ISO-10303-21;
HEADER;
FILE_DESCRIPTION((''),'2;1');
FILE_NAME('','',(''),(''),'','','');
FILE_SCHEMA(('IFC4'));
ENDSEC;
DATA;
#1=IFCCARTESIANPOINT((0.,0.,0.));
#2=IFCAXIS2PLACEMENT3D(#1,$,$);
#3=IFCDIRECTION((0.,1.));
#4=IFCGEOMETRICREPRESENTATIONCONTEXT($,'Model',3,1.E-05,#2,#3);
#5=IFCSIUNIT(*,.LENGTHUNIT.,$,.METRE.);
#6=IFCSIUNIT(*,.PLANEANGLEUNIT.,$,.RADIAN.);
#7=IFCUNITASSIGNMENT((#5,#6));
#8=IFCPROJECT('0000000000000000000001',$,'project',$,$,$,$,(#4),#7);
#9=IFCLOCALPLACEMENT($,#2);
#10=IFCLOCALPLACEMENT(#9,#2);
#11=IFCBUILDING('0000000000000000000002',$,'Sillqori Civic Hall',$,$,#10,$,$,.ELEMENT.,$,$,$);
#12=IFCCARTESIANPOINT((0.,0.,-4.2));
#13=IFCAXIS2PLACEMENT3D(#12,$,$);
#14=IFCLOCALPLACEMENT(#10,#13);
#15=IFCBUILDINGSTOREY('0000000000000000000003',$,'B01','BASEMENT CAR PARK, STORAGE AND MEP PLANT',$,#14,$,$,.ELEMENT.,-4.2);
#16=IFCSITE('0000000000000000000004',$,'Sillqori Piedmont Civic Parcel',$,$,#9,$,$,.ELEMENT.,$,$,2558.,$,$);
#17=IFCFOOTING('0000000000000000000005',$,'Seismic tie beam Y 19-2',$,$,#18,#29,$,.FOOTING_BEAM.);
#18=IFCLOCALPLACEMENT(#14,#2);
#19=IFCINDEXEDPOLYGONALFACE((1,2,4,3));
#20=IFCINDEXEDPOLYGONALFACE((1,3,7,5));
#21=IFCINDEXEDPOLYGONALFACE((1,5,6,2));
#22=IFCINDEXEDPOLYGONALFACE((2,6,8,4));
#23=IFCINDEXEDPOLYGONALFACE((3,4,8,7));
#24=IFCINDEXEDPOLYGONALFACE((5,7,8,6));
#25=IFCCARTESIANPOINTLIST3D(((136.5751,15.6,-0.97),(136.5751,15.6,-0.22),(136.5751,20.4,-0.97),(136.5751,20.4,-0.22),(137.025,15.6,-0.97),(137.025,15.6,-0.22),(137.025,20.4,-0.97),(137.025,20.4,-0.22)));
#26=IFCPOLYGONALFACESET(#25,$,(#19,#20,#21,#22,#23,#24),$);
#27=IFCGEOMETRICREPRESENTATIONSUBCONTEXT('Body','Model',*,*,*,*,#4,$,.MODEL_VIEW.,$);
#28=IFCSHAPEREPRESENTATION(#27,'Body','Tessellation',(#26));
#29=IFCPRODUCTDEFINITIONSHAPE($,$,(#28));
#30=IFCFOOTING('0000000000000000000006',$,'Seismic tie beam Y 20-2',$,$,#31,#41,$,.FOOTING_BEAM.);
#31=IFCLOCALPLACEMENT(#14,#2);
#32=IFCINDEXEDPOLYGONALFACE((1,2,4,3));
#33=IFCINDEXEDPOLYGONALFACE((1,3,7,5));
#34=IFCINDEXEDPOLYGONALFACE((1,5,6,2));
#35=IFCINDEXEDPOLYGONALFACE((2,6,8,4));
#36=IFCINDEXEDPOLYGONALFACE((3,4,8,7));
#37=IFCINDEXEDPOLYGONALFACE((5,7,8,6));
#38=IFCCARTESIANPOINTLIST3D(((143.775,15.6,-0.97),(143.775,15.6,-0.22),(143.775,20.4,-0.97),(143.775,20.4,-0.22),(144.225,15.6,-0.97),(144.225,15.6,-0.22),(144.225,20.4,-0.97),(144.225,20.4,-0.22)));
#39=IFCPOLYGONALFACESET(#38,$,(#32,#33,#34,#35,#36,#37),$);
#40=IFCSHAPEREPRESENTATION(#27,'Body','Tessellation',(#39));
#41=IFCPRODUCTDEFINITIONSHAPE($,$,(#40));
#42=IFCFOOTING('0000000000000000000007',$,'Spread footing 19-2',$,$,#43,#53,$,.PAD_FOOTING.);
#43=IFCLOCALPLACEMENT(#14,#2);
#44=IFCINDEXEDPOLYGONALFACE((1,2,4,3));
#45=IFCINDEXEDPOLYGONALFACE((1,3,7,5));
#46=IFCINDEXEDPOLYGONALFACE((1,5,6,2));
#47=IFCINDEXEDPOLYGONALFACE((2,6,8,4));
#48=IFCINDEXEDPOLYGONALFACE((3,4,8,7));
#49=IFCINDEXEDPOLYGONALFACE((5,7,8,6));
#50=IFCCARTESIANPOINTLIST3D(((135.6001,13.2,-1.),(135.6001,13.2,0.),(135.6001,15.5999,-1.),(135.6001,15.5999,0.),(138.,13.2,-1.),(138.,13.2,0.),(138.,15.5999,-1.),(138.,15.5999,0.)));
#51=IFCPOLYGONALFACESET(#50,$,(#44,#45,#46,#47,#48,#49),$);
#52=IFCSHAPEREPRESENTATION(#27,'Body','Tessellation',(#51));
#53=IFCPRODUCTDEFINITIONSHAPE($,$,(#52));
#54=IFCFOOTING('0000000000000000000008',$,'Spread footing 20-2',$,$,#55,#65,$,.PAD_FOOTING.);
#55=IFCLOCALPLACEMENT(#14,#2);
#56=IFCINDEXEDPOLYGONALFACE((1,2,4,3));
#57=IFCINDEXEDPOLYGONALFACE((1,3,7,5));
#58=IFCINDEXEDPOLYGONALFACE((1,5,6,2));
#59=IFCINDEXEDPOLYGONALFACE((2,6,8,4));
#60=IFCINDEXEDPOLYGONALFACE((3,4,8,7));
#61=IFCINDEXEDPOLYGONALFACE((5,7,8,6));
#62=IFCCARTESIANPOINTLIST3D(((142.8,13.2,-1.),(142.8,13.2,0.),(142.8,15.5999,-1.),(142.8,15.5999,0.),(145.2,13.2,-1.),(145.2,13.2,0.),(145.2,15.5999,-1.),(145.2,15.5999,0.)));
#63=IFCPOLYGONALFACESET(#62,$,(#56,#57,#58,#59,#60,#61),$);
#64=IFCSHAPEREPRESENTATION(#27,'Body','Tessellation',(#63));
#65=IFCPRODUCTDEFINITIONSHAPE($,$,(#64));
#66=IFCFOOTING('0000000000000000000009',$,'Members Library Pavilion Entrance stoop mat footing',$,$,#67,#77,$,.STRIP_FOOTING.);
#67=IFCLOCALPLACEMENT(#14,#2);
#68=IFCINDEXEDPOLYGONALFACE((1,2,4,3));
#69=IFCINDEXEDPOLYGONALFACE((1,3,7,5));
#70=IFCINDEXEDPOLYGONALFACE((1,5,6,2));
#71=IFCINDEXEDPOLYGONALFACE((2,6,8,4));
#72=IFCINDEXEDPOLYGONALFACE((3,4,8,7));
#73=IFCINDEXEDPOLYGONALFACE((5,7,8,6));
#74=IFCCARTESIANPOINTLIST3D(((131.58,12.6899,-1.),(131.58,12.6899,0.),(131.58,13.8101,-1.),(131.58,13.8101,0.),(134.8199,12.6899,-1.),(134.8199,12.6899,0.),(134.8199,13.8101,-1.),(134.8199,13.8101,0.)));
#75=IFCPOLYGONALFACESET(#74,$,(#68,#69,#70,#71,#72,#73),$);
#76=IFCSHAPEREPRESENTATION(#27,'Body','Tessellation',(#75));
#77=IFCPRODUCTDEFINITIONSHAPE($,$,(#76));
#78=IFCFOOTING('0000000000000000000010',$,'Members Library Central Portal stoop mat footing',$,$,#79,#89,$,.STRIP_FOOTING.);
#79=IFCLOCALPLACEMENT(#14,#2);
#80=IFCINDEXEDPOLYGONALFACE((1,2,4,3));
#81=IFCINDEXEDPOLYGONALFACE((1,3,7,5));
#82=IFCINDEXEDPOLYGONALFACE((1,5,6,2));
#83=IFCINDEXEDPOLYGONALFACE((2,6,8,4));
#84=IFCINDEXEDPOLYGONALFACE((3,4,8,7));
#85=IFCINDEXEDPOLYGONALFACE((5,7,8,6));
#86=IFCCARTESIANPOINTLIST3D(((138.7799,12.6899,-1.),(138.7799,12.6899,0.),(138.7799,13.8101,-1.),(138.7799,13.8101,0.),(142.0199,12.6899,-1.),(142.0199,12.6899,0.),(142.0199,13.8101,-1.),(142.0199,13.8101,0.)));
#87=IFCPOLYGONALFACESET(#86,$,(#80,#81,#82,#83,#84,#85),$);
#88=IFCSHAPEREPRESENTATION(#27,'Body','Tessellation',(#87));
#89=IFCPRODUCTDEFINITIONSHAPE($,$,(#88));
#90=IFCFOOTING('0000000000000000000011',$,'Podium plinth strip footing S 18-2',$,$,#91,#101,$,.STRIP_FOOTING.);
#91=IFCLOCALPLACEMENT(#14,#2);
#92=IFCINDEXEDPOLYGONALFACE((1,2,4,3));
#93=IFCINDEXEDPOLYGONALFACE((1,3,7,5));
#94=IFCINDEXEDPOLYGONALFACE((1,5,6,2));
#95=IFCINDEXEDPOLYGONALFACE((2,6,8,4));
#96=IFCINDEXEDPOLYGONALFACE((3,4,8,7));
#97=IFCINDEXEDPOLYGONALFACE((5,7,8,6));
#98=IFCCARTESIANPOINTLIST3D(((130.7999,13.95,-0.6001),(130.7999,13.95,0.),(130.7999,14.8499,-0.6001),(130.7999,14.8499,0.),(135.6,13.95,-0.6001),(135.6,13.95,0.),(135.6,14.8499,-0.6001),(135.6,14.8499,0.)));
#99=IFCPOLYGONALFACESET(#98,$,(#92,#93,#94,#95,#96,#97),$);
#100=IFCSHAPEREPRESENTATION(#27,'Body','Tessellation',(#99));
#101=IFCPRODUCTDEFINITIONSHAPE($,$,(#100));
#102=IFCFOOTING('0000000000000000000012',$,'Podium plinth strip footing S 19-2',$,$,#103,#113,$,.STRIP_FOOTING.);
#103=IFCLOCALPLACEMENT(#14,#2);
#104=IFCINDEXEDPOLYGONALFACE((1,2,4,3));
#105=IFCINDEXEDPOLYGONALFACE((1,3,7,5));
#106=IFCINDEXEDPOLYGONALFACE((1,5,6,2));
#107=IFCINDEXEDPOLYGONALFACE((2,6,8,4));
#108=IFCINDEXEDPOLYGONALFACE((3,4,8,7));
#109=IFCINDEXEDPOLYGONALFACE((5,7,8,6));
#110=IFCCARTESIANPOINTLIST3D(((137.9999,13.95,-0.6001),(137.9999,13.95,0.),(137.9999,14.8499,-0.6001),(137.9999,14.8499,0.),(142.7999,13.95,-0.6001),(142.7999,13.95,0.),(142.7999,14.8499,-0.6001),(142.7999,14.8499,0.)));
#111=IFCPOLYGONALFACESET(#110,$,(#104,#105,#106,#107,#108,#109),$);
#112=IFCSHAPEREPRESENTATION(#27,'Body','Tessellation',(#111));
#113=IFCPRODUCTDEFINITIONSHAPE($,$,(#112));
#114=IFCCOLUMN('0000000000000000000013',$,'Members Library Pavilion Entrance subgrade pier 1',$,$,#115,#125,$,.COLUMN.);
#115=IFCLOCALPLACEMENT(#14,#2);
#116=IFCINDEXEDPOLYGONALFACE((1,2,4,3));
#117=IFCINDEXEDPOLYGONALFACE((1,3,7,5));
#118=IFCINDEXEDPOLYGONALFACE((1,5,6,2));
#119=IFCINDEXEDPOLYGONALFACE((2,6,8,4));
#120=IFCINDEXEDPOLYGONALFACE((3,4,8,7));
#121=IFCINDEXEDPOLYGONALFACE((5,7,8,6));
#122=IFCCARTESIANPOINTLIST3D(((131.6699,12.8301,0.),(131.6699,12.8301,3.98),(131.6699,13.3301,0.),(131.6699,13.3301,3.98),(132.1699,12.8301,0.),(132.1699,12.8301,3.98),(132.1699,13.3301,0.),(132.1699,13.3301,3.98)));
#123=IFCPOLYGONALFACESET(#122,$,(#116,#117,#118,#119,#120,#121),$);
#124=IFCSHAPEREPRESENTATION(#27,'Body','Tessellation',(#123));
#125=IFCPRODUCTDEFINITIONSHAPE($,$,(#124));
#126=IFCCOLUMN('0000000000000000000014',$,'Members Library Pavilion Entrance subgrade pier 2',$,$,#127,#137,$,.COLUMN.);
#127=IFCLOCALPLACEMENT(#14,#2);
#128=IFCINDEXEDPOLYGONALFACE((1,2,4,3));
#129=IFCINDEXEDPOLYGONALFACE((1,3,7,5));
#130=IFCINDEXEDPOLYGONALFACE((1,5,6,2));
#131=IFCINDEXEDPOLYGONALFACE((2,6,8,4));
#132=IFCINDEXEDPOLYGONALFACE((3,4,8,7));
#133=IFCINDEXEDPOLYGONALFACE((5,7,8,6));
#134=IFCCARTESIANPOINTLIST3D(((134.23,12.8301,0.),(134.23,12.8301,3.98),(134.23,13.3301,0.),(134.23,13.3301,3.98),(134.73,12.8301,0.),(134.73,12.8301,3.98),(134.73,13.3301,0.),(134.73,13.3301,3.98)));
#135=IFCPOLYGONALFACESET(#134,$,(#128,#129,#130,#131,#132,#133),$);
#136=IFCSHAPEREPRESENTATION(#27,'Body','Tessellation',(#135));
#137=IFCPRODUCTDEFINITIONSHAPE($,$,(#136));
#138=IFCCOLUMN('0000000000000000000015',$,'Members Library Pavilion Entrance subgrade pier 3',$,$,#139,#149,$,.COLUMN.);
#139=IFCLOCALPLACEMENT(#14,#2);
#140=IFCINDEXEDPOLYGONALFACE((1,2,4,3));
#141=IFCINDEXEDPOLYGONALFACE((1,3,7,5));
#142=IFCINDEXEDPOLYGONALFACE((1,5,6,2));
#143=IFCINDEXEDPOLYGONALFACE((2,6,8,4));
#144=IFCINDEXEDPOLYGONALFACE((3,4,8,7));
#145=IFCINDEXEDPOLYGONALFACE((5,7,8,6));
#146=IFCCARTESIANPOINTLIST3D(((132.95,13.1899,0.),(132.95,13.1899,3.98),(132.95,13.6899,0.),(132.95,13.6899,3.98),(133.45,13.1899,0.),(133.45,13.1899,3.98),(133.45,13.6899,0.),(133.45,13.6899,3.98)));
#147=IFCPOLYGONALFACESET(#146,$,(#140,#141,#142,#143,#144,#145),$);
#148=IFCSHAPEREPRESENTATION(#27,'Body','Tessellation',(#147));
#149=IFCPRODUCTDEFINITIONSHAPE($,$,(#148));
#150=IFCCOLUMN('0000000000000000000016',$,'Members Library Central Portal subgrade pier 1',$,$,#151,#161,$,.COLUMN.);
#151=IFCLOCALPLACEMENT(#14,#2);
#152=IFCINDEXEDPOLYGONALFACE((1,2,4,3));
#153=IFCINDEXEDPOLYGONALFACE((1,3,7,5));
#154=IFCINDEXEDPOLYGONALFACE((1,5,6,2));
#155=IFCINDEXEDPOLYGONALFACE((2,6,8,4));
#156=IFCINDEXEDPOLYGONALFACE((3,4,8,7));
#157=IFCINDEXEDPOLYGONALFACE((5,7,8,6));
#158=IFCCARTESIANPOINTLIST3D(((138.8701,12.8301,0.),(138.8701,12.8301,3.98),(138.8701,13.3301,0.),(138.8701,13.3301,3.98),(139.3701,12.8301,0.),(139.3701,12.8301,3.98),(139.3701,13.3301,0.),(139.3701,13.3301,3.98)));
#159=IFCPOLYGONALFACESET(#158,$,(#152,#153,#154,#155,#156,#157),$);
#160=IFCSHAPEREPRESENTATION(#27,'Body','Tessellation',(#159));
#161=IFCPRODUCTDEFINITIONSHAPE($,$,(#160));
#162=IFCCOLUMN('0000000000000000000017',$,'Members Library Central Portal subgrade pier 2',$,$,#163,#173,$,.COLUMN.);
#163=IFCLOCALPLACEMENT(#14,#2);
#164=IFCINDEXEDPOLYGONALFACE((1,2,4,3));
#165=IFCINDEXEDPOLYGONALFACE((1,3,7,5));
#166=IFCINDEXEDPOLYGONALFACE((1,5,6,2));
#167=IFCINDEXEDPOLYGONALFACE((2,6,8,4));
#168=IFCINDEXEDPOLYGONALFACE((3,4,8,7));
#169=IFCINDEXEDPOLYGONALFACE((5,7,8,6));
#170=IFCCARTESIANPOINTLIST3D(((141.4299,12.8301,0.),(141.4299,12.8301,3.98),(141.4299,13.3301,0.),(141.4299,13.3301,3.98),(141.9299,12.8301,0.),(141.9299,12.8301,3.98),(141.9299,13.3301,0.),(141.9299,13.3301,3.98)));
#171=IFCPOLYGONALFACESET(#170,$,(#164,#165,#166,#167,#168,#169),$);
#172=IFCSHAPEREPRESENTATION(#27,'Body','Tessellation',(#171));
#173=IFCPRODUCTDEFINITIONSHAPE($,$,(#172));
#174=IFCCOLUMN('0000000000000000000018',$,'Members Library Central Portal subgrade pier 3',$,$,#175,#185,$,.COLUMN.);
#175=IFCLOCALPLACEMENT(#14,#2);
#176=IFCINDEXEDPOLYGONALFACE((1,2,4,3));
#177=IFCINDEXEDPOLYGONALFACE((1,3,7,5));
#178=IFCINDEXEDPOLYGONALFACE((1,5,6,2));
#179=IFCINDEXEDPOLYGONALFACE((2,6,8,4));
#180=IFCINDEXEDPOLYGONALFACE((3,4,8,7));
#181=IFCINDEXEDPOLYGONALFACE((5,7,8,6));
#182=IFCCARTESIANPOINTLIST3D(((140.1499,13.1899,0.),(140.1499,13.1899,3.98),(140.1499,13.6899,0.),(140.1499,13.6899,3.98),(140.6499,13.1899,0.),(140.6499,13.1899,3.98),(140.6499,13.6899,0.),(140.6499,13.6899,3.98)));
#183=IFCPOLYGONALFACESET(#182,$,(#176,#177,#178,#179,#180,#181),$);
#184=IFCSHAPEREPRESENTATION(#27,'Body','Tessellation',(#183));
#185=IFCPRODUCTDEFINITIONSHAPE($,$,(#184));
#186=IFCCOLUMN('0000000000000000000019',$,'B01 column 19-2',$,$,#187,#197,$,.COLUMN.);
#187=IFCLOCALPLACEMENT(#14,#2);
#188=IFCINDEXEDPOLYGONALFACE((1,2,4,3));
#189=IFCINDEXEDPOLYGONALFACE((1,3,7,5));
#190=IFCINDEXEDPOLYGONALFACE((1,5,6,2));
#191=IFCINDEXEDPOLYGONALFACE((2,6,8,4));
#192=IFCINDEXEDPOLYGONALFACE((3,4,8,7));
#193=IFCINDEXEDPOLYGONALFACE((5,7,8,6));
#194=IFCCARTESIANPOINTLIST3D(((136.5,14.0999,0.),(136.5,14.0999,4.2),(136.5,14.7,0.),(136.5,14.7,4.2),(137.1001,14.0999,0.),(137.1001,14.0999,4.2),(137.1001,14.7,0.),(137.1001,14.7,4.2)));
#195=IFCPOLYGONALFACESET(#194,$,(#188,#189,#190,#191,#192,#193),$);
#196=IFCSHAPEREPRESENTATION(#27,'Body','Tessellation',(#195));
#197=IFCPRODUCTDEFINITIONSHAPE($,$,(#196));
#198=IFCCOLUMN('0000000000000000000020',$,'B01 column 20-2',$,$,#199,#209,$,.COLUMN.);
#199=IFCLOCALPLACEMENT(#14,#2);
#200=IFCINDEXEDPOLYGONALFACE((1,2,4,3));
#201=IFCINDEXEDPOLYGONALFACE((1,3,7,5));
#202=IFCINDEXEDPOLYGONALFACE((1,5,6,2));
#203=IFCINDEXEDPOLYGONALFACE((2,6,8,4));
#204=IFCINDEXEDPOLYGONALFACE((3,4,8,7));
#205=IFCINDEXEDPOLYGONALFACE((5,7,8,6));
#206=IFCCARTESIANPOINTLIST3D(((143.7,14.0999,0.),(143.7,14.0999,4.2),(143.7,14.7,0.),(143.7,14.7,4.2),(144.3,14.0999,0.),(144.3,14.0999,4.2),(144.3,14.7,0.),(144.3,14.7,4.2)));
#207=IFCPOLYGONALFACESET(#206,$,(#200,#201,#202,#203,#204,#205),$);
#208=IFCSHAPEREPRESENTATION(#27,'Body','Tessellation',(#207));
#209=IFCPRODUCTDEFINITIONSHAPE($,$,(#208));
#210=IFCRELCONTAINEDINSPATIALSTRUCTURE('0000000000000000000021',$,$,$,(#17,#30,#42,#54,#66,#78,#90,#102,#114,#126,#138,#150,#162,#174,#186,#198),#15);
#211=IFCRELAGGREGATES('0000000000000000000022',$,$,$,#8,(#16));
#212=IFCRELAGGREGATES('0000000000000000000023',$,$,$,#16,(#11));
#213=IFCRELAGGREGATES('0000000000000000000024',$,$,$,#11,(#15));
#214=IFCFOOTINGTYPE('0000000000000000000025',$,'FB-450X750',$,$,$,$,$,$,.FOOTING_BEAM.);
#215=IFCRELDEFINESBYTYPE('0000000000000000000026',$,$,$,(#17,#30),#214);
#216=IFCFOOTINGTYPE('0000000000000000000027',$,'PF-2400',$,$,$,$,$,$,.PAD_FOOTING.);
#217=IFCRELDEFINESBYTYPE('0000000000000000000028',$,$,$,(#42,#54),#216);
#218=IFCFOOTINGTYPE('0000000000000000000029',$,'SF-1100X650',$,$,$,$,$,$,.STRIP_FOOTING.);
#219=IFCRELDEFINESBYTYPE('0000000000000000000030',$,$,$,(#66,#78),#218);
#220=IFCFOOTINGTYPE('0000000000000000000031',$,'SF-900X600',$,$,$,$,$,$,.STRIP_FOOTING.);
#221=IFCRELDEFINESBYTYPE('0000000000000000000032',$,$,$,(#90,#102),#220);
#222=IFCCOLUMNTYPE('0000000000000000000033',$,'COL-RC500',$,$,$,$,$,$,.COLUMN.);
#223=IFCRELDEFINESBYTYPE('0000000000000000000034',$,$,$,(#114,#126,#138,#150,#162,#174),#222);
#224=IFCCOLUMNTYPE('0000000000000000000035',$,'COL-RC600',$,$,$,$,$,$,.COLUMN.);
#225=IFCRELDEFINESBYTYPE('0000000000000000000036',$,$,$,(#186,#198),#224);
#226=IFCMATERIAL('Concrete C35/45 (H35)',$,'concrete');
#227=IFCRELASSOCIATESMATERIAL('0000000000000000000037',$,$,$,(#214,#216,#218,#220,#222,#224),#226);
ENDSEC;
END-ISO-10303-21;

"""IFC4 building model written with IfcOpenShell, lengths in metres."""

from ifc_helpers import new_model, si_unit, direction, frame, origin, origin_2d, place, context, subcontext, project, spatial, rectangle, extrude, material, material_profile, profile_set, type_object, element, save


model = new_model("IFC4")

# Units and contexts
model_context = context("Model", 3, precision=1e-05, world=origin(), true_north=direction((0.0, 1.0)))
body_context = subcontext(model_context, "Body", "Model", "MODEL_VIEW")
ifc_project = project(units=[si_unit("LENGTHUNIT", "METRE"), si_unit("PLANEANGLEUNIT", "RADIAN")], contexts=[model_context])

# Site, building, storey
site_placement = place(None, origin())
site = spatial("IfcSite", under=ifc_project, at=site_placement, Name="Sillqori Piedmont Civic Parcel", CompositionType="ELEMENT", RefElevation=2558.0)
building_placement = place(site_placement, origin())
building = spatial("IfcBuilding", under=site, at=building_placement, Name="Sillqori Civic Hall", CompositionType="ELEMENT")
storey_placement = place(building_placement, frame((0.0, 0.0, -4.2)))
storey = spatial("IfcBuildingStorey", under=building, at=storey_placement, Name="B01", Description="BASEMENT CAR PARK, STORAGE AND MEP PLANT", CompositionType="ELEMENT", Elevation=-4.2)

# Footings
ifc_material = material(Name="Concrete C35/45 (H35)", Category="concrete")
footing_type_1 = type_object("IfcFootingType", Name="FB-450X750", PredefinedType="FOOTING_BEAM", material=ifc_material)
for number, where, z_axis, x_axis, name in (
    (1, (136.8, 18.0, -0.97), (0.0, 0.0, 1.0), (1.0, 0.0, 0.0), "Seismic tie beam Y 19-2"),
    (2, (144.0, 18.0, -0.97), (0.0, 0.0, 1.0), (1.0, 0.0, 0.0), "Seismic tie beam Y 20-2"),
):
    element("IfcFooting", number, at=place(storey_placement, frame(where, z_axis=z_axis, x_axis=x_axis)), inside=storey, type_object=footing_type_1, Name=name, PredefinedType="FOOTING_BEAM", context=body_context, shape_type="SweptSolid", body=[
        extrude(rectangle(XDim=0.45, YDim=4.8, at=origin_2d()), origin(), (0.0, 0.0, 1.0), 0.75),
    ])
footing_type_2 = type_object("IfcFootingType", Name="PF-2400", PredefinedType="PAD_FOOTING", material=ifc_material)
for number, where, z_axis, x_axis, name in (
    (3, (136.8, 14.3999, -1.0), (0.0, 0.0, 1.0), (1.0, 0.0, 0.0), "Spread footing 19-2"),
    (4, (144.0, 14.3999, -1.0), (0.0, 0.0, 1.0), (1.0, 0.0, 0.0), "Spread footing 20-2"),
):
    element("IfcFooting", number, at=place(storey_placement, frame(where, z_axis=z_axis, x_axis=x_axis)), inside=storey, type_object=footing_type_2, Name=name, PredefinedType="PAD_FOOTING", context=body_context, shape_type="SweptSolid", body=[
        extrude(rectangle(XDim=2.3999, YDim=2.3999, at=origin_2d()), origin(), (0.0, 0.0, 1.0), 1.0),
    ])
footing_type_3 = type_object("IfcFootingType", Name="SF-1100X650", PredefinedType="STRIP_FOOTING", material=ifc_material)
for number, where, z_axis, x_axis, name in (
    (5, (133.2, 13.25, -1.0), (0.0, 0.0, 1.0), (1.0, 0.0, 0.0), "Members Library Pavilion Entrance stoop mat footing"),
    (6, (140.3999, 13.25, -1.0), (0.0, 0.0, 1.0), (1.0, 0.0, 0.0), "Members Library Central Portal stoop mat footing"),
):
    element("IfcFooting", number, at=place(storey_placement, frame(where, z_axis=z_axis, x_axis=x_axis)), inside=storey, type_object=footing_type_3, Name=name, PredefinedType="STRIP_FOOTING", context=body_context, shape_type="SweptSolid", body=[
        extrude(rectangle(XDim=3.24, YDim=1.1201, at=origin_2d()), origin(), (0.0, 0.0, 1.0), 1.0),
    ])
footing_type_4 = type_object("IfcFootingType", Name="SF-900X600", PredefinedType="STRIP_FOOTING", material=ifc_material)
for number, where, z_axis, x_axis, name in (
    (7, (133.2, 14.3999, -0.6001), (0.0, 0.0, 1.0), (1.0, 0.0, 0.0), "Podium plinth strip footing S 18-2"),
    (8, (140.3999, 14.3999, -0.6001), (0.0, 0.0, 1.0), (1.0, 0.0, 0.0), "Podium plinth strip footing S 19-2"),
):
    element("IfcFooting", number, at=place(storey_placement, frame(where, z_axis=z_axis, x_axis=x_axis)), inside=storey, type_object=footing_type_4, Name=name, PredefinedType="STRIP_FOOTING", context=body_context, shape_type="SweptSolid", body=[
        extrude(rectangle(XDim=4.8, YDim=0.8999, at=origin_2d()), origin(), (0.0, 0.0, 1.0), 0.6001),
    ])

# Columns
ifc_material_profile_1 = material_profile(ifc_material, rectangle(XDim=0.5, YDim=0.5, at=origin_2d()), Name="RC 500x500")
ifc_profile_set_1 = profile_set([ifc_material_profile_1], Name="Concrete C35/45 (H35)")
column_type_1 = type_object("IfcColumnType", Name="COL-RC500", PredefinedType="COLUMN", material=ifc_profile_set_1)
for number, where, z_axis, x_axis, name in (
    (9, (131.9199, 13.0801, 0.0), (0.0, 0.0, 1.0), (1.0, 0.0, 0.0), "Members Library Pavilion Entrance subgrade pier 1"),
    (10, (134.48, 13.0801, 0.0), (0.0, 0.0, 1.0), (1.0, 0.0, 0.0), "Members Library Pavilion Entrance subgrade pier 2"),
    (11, (133.2, 13.4399, 0.0), (0.0, 0.0, 1.0), (1.0, 0.0, 0.0), "Members Library Pavilion Entrance subgrade pier 3"),
    (12, (139.1201, 13.0801, 0.0), (0.0, 0.0, 1.0), (1.0, 0.0, 0.0), "Members Library Central Portal subgrade pier 1"),
    (13, (141.6799, 13.0801, 0.0), (0.0, 0.0, 1.0), (1.0, 0.0, 0.0), "Members Library Central Portal subgrade pier 2"),
    (14, (140.3999, 13.4399, 0.0), (0.0, 0.0, 1.0), (1.0, 0.0, 0.0), "Members Library Central Portal subgrade pier 3"),
):
    element("IfcColumn", number, at=place(storey_placement, frame(where, z_axis=z_axis, x_axis=x_axis)), inside=storey, type_object=column_type_1, Name=name, PredefinedType="COLUMN", context=body_context, shape_type="SweptSolid", body=[
        extrude(rectangle(XDim=0.5, YDim=0.5, at=origin_2d()), origin(), (0.0, 0.0, 1.0), 3.98),
    ])
ifc_material_profile_2 = material_profile(ifc_material, rectangle(XDim=0.6001, YDim=0.6001, at=origin_2d()), Name="RC 600x600")
ifc_profile_set_2 = profile_set([ifc_material_profile_2], Name="Concrete C35/45 (H35)")
column_type_2 = type_object("IfcColumnType", Name="COL-RC600", PredefinedType="COLUMN", material=ifc_profile_set_2)
for number, where, z_axis, x_axis, name in (
    (15, (136.8, 14.3999, 0.0), (0.0, 0.0, 1.0), (1.0, 0.0, 0.0), "B01 column 19-2"),
    (16, (144.0, 14.3999, 0.0), (0.0, 0.0, 1.0), (1.0, 0.0, 0.0), "B01 column 20-2"),
):
    element("IfcColumn", number, at=place(storey_placement, frame(where, z_axis=z_axis, x_axis=x_axis)), inside=storey, type_object=column_type_2, Name=name, PredefinedType="COLUMN", context=body_context, shape_type="SweptSolid", body=[
        extrude(rectangle(XDim=0.6001, YDim=0.6001, at=origin_2d()), origin(), (0.0, 0.0, 1.0), 4.2),
    ])

save(model, "model.ifc")
